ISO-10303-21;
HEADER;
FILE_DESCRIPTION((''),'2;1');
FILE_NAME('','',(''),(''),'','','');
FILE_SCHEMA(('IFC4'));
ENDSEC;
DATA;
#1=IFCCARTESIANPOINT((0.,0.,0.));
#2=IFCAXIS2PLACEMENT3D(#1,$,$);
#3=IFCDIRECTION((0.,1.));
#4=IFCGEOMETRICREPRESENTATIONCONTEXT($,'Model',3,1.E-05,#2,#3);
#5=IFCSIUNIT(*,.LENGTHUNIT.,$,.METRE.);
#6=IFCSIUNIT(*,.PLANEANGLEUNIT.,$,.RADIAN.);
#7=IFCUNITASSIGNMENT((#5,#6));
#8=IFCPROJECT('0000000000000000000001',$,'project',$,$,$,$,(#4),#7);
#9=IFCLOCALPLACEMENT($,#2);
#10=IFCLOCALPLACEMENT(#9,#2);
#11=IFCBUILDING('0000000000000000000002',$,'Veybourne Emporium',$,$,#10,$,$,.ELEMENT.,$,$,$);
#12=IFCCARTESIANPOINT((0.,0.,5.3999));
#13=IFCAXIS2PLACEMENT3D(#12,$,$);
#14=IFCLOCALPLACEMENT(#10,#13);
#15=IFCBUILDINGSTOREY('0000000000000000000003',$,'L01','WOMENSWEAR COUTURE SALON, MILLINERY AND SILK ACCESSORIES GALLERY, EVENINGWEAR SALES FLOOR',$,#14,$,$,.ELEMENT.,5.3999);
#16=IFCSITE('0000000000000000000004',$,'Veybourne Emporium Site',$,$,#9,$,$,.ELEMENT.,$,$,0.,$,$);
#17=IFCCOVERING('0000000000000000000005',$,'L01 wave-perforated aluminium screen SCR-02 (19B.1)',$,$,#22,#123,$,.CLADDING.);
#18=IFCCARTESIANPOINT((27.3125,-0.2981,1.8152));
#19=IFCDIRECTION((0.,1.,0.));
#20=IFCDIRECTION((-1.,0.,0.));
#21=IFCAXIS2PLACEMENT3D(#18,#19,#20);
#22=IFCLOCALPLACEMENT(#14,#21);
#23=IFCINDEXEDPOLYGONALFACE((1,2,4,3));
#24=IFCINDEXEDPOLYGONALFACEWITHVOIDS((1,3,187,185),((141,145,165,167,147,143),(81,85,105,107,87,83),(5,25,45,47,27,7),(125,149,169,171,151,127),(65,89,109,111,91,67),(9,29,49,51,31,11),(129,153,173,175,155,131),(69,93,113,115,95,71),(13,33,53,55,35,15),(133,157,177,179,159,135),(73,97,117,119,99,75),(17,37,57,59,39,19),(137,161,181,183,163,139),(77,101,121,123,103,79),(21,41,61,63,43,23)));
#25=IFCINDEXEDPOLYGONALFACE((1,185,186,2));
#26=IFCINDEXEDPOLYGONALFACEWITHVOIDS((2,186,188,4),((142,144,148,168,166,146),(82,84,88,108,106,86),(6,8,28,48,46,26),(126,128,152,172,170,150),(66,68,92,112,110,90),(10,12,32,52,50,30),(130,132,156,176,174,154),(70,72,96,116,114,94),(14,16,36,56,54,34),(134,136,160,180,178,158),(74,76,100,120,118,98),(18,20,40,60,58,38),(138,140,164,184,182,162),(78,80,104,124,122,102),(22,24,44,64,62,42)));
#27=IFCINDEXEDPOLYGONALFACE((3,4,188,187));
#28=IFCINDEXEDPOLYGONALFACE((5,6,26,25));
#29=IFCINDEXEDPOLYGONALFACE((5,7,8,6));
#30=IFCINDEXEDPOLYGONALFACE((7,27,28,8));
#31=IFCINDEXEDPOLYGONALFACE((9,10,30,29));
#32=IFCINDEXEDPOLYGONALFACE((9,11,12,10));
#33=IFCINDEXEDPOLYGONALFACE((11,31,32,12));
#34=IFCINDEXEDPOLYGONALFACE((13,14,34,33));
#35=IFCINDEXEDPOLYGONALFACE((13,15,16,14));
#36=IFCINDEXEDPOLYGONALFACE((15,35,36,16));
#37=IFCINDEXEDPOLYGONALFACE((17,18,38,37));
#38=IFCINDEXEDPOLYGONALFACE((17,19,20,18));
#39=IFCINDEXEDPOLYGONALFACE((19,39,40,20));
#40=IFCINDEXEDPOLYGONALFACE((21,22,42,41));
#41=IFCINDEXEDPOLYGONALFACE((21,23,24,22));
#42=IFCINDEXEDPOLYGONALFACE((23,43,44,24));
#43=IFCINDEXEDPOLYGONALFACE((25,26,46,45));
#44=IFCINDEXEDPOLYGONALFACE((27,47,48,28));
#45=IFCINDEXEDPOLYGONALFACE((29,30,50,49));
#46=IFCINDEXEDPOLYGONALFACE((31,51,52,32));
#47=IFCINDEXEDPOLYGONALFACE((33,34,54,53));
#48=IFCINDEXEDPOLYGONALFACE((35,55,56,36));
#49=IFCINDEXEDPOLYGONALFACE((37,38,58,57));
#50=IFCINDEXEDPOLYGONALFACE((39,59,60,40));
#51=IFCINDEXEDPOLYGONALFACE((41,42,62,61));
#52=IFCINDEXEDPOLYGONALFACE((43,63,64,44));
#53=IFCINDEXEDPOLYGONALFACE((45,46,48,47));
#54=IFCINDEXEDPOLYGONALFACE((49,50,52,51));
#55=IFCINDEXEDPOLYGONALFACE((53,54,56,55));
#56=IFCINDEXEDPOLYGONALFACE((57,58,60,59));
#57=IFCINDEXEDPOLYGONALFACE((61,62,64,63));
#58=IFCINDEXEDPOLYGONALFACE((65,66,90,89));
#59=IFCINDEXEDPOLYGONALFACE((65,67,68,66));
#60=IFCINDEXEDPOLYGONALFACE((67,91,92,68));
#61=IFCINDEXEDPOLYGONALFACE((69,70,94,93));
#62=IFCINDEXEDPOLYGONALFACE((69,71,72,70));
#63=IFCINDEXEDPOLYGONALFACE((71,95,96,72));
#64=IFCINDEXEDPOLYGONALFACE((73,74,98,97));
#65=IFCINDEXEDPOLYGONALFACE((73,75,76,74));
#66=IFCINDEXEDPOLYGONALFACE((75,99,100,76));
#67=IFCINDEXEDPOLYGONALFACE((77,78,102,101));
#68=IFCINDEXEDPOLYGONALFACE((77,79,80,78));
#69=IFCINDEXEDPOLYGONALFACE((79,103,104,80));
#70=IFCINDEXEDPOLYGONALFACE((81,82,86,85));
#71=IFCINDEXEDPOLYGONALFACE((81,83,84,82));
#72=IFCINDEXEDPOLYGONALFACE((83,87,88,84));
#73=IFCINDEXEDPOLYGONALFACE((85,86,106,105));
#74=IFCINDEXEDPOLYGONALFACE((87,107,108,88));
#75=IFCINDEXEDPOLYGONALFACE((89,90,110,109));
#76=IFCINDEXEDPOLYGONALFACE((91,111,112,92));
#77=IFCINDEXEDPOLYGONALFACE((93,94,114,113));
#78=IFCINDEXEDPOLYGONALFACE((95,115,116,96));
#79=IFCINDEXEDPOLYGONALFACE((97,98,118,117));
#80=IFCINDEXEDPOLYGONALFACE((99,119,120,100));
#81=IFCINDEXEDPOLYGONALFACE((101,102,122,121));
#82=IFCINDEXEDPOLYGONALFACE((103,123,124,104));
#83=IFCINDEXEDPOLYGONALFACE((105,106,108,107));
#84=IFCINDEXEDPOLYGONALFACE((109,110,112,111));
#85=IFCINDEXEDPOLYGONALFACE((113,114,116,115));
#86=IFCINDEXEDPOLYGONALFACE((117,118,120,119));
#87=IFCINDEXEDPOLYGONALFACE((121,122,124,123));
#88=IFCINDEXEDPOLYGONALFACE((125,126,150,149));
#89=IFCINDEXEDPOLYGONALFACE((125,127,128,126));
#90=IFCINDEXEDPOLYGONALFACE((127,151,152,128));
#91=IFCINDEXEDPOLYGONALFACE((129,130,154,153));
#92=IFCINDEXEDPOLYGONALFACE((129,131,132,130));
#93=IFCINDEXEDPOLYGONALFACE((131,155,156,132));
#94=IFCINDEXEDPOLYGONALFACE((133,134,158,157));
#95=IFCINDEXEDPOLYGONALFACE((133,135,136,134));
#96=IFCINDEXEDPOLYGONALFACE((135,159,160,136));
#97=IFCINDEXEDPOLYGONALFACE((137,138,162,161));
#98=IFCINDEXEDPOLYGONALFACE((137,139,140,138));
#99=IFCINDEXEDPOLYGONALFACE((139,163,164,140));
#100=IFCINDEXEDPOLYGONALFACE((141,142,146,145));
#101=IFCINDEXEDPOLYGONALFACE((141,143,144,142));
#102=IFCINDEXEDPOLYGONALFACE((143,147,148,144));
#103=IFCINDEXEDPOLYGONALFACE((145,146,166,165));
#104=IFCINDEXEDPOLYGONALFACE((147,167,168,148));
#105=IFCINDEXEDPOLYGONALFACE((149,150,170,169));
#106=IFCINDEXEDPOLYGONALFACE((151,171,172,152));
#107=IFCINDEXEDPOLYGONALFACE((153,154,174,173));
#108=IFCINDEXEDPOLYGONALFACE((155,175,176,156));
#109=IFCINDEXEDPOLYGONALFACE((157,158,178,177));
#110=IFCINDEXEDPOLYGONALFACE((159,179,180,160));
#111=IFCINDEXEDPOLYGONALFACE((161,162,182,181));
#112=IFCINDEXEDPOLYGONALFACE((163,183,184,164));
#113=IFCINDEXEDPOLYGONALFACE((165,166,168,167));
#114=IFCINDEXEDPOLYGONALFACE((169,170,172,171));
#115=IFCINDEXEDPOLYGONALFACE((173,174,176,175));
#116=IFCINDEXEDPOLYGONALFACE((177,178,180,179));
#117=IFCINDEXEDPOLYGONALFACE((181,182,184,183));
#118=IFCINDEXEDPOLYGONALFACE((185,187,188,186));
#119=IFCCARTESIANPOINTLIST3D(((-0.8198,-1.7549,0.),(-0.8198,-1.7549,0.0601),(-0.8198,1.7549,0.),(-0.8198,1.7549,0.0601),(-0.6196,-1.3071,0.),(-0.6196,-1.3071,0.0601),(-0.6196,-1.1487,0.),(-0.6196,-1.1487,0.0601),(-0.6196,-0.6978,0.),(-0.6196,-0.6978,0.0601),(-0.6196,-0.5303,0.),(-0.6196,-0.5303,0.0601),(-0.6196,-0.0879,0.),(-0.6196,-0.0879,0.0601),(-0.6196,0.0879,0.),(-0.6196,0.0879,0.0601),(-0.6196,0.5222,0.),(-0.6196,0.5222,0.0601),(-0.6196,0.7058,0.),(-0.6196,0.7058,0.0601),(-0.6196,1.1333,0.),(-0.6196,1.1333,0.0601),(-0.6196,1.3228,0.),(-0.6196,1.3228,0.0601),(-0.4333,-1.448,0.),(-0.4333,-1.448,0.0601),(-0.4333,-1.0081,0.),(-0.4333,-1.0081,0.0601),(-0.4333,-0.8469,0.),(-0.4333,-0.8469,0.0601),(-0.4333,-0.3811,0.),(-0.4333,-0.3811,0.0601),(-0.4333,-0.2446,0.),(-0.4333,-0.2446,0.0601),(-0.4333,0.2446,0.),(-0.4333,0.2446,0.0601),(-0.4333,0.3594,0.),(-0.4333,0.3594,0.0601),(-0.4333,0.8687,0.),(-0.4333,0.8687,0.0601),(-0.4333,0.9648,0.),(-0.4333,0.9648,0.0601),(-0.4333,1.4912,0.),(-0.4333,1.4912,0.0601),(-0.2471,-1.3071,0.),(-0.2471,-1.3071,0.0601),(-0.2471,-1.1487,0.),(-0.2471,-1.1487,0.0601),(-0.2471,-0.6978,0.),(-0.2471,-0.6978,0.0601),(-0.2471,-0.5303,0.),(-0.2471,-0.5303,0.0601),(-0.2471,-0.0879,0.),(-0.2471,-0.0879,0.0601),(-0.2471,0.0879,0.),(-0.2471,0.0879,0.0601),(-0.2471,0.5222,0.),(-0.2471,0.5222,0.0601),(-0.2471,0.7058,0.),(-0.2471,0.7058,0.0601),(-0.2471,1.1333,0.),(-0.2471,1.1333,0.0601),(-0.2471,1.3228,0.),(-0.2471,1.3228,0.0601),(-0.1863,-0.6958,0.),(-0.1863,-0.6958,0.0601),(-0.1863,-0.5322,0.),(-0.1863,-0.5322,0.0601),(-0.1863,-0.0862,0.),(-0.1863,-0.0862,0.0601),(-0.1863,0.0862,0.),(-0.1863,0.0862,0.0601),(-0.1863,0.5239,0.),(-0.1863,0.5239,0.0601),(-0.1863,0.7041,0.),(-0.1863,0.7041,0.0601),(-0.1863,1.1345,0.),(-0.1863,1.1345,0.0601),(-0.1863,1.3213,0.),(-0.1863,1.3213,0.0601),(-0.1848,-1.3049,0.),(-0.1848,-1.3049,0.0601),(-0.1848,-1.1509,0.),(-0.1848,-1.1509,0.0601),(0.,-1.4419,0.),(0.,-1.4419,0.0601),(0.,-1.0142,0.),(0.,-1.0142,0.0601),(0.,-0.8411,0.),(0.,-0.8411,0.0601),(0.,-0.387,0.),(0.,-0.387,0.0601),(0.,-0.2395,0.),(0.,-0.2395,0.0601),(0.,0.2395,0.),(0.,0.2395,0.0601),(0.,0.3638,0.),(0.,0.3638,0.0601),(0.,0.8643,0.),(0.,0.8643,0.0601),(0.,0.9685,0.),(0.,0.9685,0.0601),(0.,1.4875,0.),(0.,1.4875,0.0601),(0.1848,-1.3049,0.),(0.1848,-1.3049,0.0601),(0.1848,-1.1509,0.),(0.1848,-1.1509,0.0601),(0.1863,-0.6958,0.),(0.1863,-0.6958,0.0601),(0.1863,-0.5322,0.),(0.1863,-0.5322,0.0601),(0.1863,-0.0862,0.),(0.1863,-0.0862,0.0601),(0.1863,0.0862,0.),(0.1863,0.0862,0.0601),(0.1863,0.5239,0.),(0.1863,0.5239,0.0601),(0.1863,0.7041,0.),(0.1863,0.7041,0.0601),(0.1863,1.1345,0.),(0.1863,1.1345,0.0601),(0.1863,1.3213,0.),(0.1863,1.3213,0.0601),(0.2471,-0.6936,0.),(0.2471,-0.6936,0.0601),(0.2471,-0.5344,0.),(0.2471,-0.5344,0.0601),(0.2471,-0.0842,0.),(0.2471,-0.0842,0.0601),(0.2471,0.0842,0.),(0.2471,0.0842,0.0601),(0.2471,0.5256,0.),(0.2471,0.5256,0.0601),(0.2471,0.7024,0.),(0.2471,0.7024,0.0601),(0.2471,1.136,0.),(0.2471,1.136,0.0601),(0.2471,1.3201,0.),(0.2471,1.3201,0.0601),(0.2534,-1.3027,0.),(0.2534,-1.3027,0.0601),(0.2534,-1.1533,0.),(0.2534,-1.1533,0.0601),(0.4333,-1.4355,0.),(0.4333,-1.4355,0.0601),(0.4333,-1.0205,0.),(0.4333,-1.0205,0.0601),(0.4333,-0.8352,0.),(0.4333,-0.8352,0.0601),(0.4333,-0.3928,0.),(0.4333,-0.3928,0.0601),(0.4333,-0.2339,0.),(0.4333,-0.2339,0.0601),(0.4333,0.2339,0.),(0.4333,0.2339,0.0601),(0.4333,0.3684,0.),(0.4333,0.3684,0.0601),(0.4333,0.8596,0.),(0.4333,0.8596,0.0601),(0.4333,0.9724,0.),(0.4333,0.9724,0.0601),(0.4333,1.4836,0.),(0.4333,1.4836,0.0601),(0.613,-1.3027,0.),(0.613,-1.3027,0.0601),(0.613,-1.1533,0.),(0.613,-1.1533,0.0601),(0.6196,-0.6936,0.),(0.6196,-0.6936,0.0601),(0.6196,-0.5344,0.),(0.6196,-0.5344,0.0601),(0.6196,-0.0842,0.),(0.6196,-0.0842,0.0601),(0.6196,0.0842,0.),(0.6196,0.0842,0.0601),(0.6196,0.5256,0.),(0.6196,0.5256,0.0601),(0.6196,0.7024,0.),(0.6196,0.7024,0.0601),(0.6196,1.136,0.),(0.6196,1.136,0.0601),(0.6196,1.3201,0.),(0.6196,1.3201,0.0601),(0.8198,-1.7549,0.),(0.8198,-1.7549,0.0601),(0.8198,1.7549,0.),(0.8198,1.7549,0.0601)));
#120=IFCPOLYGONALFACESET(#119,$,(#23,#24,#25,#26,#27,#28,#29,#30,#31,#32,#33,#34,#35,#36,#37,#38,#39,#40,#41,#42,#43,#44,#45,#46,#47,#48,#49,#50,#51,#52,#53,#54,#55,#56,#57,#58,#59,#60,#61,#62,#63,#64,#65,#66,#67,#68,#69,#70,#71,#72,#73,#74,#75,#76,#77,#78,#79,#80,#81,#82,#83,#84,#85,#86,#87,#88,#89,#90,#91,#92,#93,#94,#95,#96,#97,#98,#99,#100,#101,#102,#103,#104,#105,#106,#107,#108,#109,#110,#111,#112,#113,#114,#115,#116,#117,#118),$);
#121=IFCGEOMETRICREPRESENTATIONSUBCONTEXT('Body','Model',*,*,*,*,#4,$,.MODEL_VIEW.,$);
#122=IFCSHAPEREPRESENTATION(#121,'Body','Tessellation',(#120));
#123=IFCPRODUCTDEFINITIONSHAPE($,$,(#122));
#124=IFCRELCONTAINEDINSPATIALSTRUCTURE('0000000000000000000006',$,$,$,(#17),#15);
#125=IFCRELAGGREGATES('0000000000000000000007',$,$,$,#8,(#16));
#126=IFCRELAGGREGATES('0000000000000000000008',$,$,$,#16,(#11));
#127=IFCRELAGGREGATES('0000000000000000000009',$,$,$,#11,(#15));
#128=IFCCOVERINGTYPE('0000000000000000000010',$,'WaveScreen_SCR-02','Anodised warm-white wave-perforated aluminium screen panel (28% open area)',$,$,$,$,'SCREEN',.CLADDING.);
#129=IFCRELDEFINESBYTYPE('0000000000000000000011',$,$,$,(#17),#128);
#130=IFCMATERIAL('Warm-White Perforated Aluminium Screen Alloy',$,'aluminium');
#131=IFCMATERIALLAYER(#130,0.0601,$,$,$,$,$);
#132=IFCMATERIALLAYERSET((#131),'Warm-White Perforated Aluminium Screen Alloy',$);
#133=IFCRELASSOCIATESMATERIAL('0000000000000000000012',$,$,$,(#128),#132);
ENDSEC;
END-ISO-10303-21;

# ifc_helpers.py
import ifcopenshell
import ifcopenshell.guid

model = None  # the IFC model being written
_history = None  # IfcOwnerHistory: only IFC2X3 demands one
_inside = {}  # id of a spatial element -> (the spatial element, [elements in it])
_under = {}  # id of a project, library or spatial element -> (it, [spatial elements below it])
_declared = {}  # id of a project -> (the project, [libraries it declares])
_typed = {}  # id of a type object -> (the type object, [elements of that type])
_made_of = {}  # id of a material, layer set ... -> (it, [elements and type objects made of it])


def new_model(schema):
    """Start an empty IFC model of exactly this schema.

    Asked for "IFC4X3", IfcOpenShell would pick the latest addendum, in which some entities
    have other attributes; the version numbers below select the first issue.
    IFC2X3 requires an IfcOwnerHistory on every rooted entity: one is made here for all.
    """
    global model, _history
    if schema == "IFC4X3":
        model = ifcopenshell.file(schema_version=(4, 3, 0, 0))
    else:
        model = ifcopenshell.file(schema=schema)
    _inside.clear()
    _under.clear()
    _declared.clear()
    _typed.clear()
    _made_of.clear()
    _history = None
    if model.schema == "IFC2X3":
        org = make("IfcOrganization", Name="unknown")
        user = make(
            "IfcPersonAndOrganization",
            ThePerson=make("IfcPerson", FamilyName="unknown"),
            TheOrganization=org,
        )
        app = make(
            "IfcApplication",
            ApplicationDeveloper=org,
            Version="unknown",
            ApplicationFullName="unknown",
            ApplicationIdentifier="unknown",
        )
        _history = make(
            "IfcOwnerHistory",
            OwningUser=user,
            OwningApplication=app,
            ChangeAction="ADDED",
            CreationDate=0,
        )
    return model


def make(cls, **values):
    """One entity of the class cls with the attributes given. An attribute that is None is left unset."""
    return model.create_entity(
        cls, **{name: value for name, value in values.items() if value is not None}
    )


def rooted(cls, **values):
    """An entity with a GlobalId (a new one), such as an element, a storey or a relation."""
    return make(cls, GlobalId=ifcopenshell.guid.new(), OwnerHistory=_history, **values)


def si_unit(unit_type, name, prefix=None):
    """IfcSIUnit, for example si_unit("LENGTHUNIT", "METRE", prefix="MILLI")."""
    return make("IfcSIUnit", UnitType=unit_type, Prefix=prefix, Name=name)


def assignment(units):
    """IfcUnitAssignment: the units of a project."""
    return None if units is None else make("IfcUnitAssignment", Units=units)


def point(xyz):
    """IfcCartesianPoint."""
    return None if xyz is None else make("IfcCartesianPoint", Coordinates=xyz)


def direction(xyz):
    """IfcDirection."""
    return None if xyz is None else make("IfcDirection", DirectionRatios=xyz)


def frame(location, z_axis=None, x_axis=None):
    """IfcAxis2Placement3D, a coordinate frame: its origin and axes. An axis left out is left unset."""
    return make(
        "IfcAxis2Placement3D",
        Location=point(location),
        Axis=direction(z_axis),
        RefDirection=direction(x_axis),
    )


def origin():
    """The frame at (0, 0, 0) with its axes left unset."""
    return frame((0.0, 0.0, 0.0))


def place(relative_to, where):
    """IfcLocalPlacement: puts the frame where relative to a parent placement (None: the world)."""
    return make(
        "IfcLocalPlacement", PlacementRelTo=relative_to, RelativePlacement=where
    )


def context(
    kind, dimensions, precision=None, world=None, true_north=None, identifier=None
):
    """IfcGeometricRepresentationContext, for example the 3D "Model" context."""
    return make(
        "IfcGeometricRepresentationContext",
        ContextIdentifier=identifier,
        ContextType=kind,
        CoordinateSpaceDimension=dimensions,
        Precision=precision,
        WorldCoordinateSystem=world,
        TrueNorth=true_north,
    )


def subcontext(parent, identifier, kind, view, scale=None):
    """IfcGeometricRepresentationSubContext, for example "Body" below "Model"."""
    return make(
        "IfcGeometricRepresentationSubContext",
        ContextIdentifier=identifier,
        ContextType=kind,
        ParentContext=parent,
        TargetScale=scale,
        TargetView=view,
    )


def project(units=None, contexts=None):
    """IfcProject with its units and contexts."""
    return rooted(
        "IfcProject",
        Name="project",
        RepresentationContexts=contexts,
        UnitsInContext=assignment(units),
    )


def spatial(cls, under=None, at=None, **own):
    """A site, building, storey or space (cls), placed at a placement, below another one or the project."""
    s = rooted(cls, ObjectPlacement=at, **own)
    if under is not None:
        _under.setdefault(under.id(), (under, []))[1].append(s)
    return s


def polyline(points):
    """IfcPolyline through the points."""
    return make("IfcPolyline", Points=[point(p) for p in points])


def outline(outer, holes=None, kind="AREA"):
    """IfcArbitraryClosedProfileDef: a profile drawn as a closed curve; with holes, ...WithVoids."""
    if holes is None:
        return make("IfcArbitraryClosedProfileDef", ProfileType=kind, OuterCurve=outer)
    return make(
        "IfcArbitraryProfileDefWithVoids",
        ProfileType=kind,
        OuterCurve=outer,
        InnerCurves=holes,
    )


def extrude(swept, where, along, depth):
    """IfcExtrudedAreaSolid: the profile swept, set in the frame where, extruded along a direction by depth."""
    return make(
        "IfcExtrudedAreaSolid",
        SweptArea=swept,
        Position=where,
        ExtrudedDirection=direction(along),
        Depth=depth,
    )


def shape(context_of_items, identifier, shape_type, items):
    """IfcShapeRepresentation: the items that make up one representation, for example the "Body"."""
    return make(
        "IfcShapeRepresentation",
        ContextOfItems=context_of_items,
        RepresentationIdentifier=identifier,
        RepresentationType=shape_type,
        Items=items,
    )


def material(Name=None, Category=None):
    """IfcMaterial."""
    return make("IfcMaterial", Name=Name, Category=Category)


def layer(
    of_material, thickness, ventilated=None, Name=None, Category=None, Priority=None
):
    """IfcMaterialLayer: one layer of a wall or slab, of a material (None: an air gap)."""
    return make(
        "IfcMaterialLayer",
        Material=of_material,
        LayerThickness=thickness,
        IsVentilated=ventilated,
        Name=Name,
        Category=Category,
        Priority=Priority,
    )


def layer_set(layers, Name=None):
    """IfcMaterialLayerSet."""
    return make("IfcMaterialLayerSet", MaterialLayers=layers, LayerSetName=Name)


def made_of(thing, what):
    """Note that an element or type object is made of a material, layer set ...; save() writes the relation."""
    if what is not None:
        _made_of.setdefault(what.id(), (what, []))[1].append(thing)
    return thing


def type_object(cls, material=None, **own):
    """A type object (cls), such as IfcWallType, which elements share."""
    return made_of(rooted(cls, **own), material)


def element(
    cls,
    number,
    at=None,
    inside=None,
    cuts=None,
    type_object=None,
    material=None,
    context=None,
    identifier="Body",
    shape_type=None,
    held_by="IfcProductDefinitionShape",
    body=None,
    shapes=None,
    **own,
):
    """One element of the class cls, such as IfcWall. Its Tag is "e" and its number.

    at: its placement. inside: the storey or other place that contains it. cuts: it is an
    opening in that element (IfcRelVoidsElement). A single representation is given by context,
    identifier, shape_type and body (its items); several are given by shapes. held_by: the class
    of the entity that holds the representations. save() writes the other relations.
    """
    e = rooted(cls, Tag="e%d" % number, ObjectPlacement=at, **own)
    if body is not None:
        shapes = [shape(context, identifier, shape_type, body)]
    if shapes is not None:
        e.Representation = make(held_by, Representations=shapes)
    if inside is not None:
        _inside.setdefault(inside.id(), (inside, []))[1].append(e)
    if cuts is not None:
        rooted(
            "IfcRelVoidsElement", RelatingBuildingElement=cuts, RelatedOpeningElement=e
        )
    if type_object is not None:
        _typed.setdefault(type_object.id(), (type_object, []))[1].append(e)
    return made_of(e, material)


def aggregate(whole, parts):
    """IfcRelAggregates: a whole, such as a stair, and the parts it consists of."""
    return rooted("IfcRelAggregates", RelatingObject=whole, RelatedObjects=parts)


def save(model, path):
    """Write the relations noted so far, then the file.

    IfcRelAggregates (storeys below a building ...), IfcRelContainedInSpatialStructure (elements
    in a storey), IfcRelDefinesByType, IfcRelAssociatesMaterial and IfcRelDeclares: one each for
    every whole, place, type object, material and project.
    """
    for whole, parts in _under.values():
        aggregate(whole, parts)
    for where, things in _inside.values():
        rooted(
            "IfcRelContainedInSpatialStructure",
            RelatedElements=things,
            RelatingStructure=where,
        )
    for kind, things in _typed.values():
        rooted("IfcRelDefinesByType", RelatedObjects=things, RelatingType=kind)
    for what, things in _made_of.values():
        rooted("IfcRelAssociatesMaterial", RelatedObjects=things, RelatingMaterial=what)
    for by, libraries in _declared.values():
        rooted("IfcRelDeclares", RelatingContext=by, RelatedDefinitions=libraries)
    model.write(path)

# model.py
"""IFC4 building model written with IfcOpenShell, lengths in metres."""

from ifc_helpers import new_model, si_unit, direction, frame, origin, place, context, subcontext, project, spatial, polyline, outline, extrude, material, layer, layer_set, type_object, element, save


model = new_model("IFC4")

# Units and contexts
model_context = context("Model", 3, precision=1e-05, world=origin(), true_north=direction((0.0, 1.0)))
body_context = subcontext(model_context, "Body", "Model", "MODEL_VIEW")
ifc_project = project(units=[si_unit("LENGTHUNIT", "METRE"), si_unit("PLANEANGLEUNIT", "RADIAN")], contexts=[model_context])

# Site, building, storey
site_placement = place(None, origin())
site = spatial("IfcSite", under=ifc_project, at=site_placement, Name="Veybourne Emporium Site", CompositionType="ELEMENT", RefElevation=0.0)
building_placement = place(site_placement, origin())
building = spatial("IfcBuilding", under=site, at=building_placement, Name="Veybourne Emporium", CompositionType="ELEMENT")
storey_placement = place(building_placement, frame((0.0, 0.0, 5.3999)))
storey = spatial("IfcBuildingStorey", under=building, at=storey_placement, Name="L01", Description="WOMENSWEAR COUTURE SALON, MILLINERY AND SILK ACCESSORIES GALLERY, EVENINGWEAR SALES FLOOR", CompositionType="ELEMENT", Elevation=5.3999)

# Covering
ifc_material_1 = material(Name="Warm-White Perforated Aluminium Screen Alloy", Category="aluminium")
ifc_layer_1 = layer(ifc_material_1, 0.0601)
ifc_layer_set_1 = layer_set([ifc_layer_1], Name="Warm-White Perforated Aluminium Screen Alloy")
covering_type_1 = type_object("IfcCoveringType", Name="WaveScreen_SCR-02", Description="Anodised warm-white wave-perforated aluminium screen panel (28% open area)", ElementType="SCREEN", PredefinedType="CLADDING", material=ifc_layer_set_1)
covering_1_placement = place(storey_placement, frame((27.3125, -0.2981, 1.8152), z_axis=(0.0, 1.0, 0.0), x_axis=(-1.0, 0.0, 0.0)))
element("IfcCovering", 1, at=covering_1_placement, inside=storey, type_object=covering_type_1, Name="L01 wave-perforated aluminium screen SCR-02 (19B.1)", PredefinedType="CLADDING", context=body_context, shape_type="SweptSolid", body=[
    extrude(outline(polyline([(-0.8198, -1.7549), (0.8198, -1.7549), (0.8198, 1.7549), (-0.8198, 1.7549), (-0.8198, -1.7549)]), holes=[polyline([(-0.4333, -1.0081), (-0.2471, -1.1487), (-0.2471, -1.3071), (-0.4333, -1.448), (-0.6196, -1.3071), (-0.6196, -1.1487), (-0.4333, -1.0081)]), polyline([(-0.4333, -0.3811), (-0.2471, -0.5303), (-0.2471, -0.6978), (-0.4333, -0.8469), (-0.6196, -0.6978), (-0.6196, -0.5303), (-0.4333, -0.3811)]), polyline([(-0.4333, 0.2446), (-0.2471, 0.0879), (-0.2471, -0.0879), (-0.4333, -0.2446), (-0.6196, -0.0879), (-0.6196, 0.0879), (-0.4333, 0.2446)]), polyline([(-0.4333, 0.8687), (-0.2471, 0.7058), (-0.2471, 0.5222), (-0.4333, 0.3594), (-0.6196, 0.5222), (-0.6196, 0.7058), (-0.4333, 0.8687)]), polyline([(-0.4333, 1.4912), (-0.2471, 1.3228), (-0.2471, 1.1333), (-0.4333, 0.9648), (-0.6196, 1.1333), (-0.6196, 1.3228), (-0.4333, 1.4912)]), polyline([(0.0, -1.0142), (0.1848, -1.1509), (0.1848, -1.3049), (0.0, -1.4419), (-0.1848, -1.3049), (-0.1848, -1.1509), (0.0, -1.0142)]), polyline([(0.0, -0.387), (0.1863, -0.5322), (0.1863, -0.6958), (0.0, -0.8411), (-0.1863, -0.6958), (-0.1863, -0.5322), (0.0, -0.387)]), polyline([(0.0, 0.2395), (0.1863, 0.0862), (0.1863, -0.0862), (0.0, -0.2395), (-0.1863, -0.0862), (-0.1863, 0.0862), (0.0, 0.2395)]), polyline([(0.0, 0.8643), (0.1863, 0.7041), (0.1863, 0.5239), (0.0, 0.3638), (-0.1863, 0.5239), (-0.1863, 0.7041), (0.0, 0.8643)]), polyline([(0.0, 1.4875), (0.1863, 1.3213), (0.1863, 1.1345), (0.0, 0.9685), (-0.1863, 1.1345), (-0.1863, 1.3213), (0.0, 1.4875)]), polyline([(0.4333, -1.0205), (0.613, -1.1533), (0.613, -1.3027), (0.4333, -1.4355), (0.2534, -1.3027), (0.2534, -1.1533), (0.4333, -1.0205)]), polyline([(0.4333, -0.3928), (0.6196, -0.5344), (0.6196, -0.6936), (0.4333, -0.8352), (0.2471, -0.6936), (0.2471, -0.5344), (0.4333, -0.3928)]), polyline([(0.4333, 0.2339), (0.6196, 0.0842), (0.6196, -0.0842), (0.4333, -0.2339), (0.2471, -0.0842), (0.2471, 0.0842), (0.4333, 0.2339)]), polyline([(0.4333, 0.8596), (0.6196, 0.7024), (0.6196, 0.5256), (0.4333, 0.3684), (0.2471, 0.5256), (0.2471, 0.7024), (0.4333, 0.8596)]), polyline([(0.4333, 1.4836), (0.6196, 1.3201), (0.6196, 1.136), (0.4333, 0.9724), (0.2471, 1.136), (0.2471, 1.3201), (0.4333, 1.4836)])]), origin(), (0.0, 0.0, 1.0), 0.0601),
])

save(model, "model.ifc")
